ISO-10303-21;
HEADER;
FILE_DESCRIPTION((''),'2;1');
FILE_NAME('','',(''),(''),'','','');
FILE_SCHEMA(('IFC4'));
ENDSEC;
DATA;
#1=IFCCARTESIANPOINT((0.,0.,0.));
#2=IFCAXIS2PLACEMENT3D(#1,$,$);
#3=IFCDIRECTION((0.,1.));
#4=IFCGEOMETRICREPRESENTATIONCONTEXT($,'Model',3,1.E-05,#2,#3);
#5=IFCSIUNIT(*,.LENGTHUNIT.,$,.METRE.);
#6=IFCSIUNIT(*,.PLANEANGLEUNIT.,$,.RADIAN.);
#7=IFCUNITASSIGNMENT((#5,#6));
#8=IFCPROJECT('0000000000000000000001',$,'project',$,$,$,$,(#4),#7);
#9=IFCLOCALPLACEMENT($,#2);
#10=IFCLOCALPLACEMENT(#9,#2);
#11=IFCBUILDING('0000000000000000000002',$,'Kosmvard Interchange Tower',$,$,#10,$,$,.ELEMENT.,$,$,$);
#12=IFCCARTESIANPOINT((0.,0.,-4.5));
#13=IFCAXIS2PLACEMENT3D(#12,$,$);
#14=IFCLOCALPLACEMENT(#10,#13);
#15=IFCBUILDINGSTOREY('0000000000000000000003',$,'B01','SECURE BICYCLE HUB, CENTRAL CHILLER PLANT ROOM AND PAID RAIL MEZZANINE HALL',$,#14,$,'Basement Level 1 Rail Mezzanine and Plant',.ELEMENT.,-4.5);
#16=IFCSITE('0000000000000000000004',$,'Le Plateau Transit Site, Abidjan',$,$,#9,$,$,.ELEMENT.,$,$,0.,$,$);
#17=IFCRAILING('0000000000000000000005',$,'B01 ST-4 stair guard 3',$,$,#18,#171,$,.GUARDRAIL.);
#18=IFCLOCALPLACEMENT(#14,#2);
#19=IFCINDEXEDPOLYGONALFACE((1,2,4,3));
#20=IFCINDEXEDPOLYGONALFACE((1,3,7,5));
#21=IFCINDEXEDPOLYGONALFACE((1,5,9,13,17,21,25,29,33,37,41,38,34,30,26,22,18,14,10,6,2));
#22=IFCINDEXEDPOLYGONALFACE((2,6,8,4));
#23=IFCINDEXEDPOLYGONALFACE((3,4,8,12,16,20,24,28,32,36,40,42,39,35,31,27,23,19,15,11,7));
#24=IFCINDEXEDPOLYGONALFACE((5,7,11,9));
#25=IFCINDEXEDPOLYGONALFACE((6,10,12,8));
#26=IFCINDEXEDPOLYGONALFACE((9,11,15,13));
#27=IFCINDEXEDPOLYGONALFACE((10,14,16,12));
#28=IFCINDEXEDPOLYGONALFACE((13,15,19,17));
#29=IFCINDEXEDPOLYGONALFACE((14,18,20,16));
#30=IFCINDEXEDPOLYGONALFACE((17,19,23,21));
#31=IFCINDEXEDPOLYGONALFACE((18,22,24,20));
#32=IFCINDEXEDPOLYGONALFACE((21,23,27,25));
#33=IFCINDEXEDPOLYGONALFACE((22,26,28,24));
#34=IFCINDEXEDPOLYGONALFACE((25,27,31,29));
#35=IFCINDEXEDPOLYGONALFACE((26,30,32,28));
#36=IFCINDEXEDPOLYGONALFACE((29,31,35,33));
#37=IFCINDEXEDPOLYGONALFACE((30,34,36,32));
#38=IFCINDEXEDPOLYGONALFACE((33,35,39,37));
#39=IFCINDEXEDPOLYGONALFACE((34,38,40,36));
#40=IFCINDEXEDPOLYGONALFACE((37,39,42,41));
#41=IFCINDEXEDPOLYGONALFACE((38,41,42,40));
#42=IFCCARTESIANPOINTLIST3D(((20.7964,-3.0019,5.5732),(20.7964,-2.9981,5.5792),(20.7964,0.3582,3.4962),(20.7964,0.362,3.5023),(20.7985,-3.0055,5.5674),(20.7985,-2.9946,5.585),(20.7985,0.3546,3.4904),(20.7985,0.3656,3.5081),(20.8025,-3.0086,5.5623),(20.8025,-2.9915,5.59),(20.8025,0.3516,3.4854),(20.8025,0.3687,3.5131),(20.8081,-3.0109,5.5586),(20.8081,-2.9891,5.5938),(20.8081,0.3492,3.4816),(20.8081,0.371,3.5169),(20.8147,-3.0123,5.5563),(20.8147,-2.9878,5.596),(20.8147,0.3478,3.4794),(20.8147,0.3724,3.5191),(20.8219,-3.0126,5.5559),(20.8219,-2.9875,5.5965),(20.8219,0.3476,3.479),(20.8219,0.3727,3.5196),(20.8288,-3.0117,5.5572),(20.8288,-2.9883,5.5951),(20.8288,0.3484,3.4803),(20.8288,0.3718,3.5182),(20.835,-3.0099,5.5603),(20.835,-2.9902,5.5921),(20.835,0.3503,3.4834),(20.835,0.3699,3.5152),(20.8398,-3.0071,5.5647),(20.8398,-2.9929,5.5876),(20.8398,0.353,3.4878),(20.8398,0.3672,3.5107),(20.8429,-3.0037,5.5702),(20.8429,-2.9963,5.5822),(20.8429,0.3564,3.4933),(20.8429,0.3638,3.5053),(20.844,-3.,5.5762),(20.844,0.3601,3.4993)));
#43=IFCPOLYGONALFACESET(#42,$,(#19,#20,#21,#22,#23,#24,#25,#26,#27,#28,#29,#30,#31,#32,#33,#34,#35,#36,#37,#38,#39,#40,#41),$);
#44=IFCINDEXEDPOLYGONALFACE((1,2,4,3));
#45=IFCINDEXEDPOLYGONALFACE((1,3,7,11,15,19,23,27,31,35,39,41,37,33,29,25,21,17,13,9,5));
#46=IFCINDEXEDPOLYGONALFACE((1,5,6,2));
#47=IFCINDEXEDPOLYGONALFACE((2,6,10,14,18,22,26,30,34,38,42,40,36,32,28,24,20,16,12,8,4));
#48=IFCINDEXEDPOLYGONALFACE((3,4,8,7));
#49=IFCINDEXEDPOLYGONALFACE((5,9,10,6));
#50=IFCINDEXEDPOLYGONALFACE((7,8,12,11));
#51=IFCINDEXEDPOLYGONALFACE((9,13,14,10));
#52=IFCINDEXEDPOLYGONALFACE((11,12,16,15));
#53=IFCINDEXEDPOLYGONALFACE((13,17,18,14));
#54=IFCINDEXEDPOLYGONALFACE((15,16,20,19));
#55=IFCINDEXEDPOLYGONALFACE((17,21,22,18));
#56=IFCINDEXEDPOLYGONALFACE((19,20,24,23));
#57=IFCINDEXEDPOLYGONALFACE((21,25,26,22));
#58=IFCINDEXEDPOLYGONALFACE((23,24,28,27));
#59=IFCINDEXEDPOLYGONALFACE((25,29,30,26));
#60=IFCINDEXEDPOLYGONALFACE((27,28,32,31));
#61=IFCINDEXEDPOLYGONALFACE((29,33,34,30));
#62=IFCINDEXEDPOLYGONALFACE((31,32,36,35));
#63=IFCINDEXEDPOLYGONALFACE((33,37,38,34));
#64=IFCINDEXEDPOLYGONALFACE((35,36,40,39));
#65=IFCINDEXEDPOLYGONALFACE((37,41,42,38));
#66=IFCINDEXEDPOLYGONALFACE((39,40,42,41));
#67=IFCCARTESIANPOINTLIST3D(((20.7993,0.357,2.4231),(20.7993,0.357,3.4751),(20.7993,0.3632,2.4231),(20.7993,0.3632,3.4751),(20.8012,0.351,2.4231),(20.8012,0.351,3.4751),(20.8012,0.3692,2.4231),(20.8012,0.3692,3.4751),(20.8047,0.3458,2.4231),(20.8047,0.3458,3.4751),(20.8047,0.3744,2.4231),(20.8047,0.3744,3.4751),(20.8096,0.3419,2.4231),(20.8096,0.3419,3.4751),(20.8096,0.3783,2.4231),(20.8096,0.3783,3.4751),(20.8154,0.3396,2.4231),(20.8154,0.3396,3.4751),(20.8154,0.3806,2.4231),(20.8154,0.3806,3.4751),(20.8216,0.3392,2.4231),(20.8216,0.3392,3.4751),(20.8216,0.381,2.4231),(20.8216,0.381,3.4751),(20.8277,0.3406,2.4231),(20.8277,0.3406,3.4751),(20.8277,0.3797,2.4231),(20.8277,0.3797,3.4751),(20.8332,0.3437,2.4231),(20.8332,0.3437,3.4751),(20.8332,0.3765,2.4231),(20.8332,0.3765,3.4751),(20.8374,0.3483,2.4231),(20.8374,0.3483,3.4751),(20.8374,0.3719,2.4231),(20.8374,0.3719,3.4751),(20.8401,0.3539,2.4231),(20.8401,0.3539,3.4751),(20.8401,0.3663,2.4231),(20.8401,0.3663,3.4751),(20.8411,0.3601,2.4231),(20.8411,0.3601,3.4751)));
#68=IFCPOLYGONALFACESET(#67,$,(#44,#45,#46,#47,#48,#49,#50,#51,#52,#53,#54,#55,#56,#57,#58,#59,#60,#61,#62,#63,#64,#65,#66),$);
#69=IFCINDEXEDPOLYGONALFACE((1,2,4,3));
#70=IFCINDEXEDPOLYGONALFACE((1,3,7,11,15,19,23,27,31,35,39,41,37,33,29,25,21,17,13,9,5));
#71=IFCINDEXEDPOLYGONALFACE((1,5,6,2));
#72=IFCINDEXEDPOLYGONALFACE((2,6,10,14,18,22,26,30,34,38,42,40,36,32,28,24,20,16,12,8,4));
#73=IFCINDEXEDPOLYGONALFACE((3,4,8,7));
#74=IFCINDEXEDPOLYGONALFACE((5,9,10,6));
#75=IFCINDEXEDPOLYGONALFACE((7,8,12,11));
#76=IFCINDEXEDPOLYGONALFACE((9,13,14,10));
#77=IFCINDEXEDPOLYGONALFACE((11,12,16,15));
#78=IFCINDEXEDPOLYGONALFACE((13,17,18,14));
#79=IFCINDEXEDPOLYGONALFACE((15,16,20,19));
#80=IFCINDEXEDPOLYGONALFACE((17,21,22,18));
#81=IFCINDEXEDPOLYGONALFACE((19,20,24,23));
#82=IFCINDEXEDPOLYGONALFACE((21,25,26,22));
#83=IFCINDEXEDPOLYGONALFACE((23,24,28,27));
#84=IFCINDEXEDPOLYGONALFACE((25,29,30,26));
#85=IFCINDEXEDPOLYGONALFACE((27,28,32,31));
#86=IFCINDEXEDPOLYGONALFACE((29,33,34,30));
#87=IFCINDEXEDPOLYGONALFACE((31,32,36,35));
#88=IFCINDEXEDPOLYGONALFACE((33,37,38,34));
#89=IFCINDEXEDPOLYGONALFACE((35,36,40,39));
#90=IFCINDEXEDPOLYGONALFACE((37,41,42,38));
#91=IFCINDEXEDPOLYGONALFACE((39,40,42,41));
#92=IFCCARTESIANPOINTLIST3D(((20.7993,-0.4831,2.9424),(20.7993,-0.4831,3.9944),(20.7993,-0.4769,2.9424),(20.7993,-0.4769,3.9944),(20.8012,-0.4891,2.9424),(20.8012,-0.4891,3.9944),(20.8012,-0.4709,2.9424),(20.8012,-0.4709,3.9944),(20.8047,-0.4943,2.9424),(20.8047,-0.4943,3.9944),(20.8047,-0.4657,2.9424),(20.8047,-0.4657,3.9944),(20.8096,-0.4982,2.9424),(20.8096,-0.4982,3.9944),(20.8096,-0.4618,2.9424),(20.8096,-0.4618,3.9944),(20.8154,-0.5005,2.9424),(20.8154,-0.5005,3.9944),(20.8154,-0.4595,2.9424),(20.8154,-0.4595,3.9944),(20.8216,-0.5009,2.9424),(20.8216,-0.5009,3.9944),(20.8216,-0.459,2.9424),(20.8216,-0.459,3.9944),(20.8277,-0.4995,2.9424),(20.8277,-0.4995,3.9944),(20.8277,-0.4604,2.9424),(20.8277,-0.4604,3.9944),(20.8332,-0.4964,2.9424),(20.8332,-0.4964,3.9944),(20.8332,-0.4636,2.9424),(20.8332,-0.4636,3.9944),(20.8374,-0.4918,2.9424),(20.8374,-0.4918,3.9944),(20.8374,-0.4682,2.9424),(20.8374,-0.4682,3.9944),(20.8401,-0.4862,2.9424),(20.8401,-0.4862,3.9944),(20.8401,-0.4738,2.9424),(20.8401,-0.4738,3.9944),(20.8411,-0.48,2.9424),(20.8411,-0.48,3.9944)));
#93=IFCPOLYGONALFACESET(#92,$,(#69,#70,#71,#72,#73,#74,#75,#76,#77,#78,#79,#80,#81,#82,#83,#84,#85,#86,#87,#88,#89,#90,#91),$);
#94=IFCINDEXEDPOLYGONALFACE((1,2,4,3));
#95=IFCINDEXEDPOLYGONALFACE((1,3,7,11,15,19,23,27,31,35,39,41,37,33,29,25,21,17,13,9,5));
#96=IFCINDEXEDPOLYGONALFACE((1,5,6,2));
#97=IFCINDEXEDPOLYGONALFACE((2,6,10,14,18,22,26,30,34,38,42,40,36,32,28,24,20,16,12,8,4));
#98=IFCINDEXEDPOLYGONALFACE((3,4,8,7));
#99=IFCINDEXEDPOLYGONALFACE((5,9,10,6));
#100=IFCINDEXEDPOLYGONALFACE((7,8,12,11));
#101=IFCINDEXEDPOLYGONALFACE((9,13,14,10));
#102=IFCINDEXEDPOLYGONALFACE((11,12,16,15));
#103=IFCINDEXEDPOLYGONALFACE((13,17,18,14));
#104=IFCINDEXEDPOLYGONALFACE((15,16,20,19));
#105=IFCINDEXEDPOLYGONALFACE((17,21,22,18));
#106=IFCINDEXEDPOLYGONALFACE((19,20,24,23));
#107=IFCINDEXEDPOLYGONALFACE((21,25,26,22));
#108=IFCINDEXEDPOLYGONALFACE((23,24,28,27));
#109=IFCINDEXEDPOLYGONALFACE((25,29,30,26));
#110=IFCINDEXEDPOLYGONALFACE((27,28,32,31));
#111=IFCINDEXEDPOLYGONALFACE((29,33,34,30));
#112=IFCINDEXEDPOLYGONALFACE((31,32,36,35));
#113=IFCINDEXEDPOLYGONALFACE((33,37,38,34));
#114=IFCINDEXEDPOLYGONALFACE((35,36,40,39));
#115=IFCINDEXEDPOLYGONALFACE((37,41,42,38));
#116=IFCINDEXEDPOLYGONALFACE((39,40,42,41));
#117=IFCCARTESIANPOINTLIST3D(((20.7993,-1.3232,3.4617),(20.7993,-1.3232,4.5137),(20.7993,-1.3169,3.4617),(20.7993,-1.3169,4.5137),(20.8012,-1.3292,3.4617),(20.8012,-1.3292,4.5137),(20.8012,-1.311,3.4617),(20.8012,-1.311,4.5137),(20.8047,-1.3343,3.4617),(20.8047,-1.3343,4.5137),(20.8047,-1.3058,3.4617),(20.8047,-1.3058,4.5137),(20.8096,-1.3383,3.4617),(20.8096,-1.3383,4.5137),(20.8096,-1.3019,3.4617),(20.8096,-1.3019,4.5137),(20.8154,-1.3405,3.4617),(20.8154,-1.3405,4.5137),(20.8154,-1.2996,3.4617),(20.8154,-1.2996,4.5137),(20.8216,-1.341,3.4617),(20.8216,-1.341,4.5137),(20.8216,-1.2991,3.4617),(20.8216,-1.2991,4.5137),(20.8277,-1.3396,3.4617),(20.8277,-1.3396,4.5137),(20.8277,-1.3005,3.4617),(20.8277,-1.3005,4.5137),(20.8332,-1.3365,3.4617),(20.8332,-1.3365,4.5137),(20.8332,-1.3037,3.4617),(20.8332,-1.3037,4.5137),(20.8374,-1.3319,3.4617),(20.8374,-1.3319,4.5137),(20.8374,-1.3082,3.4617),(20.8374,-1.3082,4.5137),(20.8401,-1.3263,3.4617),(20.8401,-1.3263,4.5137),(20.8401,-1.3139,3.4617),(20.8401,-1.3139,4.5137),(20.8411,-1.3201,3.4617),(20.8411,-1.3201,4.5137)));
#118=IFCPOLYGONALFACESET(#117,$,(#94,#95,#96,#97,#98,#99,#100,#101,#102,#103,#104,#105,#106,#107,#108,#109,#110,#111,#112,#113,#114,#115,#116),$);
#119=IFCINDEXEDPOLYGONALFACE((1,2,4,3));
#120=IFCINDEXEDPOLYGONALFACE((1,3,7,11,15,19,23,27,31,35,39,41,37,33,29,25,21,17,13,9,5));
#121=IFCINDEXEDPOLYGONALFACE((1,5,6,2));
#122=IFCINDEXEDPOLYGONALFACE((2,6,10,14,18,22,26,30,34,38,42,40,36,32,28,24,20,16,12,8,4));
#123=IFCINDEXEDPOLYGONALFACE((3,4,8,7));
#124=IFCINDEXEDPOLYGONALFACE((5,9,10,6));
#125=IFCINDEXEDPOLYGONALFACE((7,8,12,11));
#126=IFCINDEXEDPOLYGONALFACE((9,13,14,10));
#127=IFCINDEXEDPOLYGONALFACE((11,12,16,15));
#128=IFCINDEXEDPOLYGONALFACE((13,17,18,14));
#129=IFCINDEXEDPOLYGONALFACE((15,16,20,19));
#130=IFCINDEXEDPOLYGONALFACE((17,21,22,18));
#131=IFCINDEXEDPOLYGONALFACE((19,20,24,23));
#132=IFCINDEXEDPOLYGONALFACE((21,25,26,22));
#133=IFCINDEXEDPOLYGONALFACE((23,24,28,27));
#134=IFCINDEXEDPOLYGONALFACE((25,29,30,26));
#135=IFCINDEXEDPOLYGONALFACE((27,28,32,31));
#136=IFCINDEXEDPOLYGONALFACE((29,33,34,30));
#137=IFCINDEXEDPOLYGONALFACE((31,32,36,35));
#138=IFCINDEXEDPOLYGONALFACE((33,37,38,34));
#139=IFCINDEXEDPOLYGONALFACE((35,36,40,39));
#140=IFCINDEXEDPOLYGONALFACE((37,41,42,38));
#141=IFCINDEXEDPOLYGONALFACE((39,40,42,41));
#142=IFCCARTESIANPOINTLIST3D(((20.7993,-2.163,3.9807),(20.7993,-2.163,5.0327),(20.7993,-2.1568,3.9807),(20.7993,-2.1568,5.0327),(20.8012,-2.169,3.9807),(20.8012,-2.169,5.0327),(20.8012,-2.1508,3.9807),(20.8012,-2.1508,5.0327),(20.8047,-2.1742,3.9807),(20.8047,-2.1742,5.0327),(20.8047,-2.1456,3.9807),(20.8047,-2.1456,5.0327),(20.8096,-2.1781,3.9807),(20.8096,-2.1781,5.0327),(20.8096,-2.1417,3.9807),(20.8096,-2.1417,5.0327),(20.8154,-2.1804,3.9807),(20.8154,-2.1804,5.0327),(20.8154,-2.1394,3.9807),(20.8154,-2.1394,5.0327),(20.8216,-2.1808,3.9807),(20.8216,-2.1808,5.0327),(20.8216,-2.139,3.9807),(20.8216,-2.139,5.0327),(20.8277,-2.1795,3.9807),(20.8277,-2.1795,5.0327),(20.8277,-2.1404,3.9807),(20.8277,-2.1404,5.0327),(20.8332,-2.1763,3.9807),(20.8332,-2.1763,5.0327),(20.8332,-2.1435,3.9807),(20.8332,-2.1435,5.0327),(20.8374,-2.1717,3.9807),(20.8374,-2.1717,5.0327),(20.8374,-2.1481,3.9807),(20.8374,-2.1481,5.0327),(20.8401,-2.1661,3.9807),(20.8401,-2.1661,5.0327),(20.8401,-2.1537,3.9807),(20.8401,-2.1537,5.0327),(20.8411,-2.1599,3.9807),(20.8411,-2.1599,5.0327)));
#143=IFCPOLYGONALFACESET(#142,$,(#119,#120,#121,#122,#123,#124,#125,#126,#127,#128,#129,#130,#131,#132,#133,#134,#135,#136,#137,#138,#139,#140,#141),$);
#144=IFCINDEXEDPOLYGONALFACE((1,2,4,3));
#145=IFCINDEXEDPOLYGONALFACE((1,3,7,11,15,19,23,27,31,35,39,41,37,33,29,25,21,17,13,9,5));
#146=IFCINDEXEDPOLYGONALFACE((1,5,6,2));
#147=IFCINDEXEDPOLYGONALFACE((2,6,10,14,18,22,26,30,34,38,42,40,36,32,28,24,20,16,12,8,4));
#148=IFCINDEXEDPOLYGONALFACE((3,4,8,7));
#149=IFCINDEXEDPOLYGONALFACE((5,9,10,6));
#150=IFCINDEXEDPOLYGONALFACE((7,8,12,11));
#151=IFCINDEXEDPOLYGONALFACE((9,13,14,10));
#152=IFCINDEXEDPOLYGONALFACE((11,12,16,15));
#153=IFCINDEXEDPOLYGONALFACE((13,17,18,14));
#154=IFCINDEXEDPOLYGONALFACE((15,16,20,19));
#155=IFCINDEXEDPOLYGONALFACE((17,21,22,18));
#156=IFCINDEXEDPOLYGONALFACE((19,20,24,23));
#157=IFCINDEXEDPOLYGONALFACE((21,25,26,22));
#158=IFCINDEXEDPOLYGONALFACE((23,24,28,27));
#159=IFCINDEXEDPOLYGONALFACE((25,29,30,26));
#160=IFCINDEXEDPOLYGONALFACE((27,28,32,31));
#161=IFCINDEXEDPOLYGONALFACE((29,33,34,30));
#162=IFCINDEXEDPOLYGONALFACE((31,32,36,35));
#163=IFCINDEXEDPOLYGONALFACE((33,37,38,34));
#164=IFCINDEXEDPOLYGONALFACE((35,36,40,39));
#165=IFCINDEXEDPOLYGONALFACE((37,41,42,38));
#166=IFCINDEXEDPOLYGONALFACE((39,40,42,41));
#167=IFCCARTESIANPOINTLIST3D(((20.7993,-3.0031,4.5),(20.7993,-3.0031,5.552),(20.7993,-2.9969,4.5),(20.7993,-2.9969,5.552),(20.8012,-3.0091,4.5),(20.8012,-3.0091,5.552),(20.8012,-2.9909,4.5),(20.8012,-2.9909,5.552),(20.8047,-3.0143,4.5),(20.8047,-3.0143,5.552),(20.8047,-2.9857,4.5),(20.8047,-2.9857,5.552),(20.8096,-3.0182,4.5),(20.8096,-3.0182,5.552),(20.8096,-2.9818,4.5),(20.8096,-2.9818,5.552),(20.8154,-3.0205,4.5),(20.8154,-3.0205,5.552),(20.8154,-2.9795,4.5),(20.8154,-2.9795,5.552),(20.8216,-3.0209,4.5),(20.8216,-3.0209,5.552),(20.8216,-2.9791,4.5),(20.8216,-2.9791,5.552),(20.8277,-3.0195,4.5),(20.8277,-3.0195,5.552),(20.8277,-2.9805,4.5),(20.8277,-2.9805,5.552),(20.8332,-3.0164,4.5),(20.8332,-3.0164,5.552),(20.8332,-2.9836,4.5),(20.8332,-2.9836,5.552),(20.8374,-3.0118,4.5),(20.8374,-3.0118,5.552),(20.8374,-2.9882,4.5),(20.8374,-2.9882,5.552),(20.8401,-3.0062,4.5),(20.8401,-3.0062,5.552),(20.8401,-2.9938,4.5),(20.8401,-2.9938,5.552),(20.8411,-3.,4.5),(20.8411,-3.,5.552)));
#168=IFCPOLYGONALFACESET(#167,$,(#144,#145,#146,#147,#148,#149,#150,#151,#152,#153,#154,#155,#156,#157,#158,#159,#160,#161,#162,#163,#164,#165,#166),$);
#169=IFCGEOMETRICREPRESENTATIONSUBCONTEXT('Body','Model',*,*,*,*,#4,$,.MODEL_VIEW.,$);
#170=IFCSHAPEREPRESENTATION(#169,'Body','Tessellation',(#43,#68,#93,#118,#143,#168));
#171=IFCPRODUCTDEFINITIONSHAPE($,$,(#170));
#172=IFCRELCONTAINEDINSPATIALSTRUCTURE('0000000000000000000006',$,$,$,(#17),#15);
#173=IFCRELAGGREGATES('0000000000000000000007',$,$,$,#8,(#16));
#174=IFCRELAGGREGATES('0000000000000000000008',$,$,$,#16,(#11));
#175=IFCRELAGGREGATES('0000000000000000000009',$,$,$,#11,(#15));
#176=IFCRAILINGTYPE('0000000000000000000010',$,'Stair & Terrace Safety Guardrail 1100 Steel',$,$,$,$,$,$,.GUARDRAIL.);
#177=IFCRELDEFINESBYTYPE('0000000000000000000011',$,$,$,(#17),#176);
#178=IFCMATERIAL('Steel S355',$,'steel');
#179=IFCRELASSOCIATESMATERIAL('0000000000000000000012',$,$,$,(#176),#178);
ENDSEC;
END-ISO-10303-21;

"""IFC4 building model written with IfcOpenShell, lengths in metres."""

from ifc_helpers import new_model, si_unit, direction, frame, origin, origin_2d, place, context, subcontext, project, spatial, circle, extrude, source, transform, mapped, material, type_object, element, save


model = new_model("IFC4")

# Units and contexts
model_context = context("Model", 3, precision=1e-05, world=origin(), true_north=direction((0.0, 1.0)))
body_context = subcontext(model_context, "Body", "Model", "MODEL_VIEW")
ifc_project = project(units=[si_unit("LENGTHUNIT", "METRE"), si_unit("PLANEANGLEUNIT", "RADIAN")], contexts=[model_context])

# Site, building, storey
site_placement = place(None, origin())
site = spatial("IfcSite", under=ifc_project, at=site_placement, Name="Le Plateau Transit Site, Abidjan", CompositionType="ELEMENT", RefElevation=0.0)
building_placement = place(site_placement, origin())
building = spatial("IfcBuilding", under=site, at=building_placement, Name="Kosmvard Interchange Tower", CompositionType="ELEMENT")
storey_placement = place(building_placement, frame((0.0, 0.0, -4.5)))
storey = spatial("IfcBuildingStorey", under=building, at=storey_placement, Name="B01", Description="SECURE BICYCLE HUB, CENTRAL CHILLER PLANT ROOM AND PAID RAIL MEZZANINE HALL", LongName="Basement Level 1 Rail Mezzanine and Plant", CompositionType="ELEMENT", Elevation=-4.5)

# Shared definitions
ifc_material_1 = material(Name="Steel S355", Category="steel")

# Railing
railing_type_1 = type_object("IfcRailingType", Name="Stair & Terrace Safety Guardrail 1100 Steel", PredefinedType="GUARDRAIL", material=ifc_material_1)
shared_shape_1 = source(origin(), body_context, "Body", "SweptSolid", [
    extrude(circle(Radius=0.0239, at=origin_2d()), frame((0.0, 0.0, 1.0762), z_axis=(0.0, -0.850623, 0.525776), x_axis=(1.0, 0.0, 0.0)), (0.0, 0.0, 1.0), 3.9502),
    extrude(circle(Radius=0.021, at=origin_2d()), origin(), (0.0, 0.0, 1.0), 1.052),
    extrude(circle(Radius=0.021, at=origin_2d()), frame((0.0, -0.8401, 0.5193)), (0.0, 0.0, 1.0), 1.052),
    extrude(circle(Radius=0.021, at=origin_2d()), frame((0.0, -1.6802, 1.0386)), (0.0, 0.0, 1.0), 1.052),
    extrude(circle(Radius=0.021, at=origin_2d()), frame((0.0, -2.52, 1.5576)), (0.0, 0.0, 1.0), 1.052),
    extrude(circle(Radius=0.021, at=origin_2d()), frame((0.0, -3.3601, 2.0769)), (0.0, 0.0, 1.0), 1.052),
])
railing_1_placement = place(storey_placement, frame((20.8201, 0.3601, 2.4231)))
element("IfcRailing", 1, at=railing_1_placement, inside=storey, type_object=railing_type_1, Name="B01 ST-4 stair guard 3", PredefinedType="GUARDRAIL", context=body_context, shape_type="MappedRepresentation", body=[
    mapped(shared_shape_1, transform((0.0, 0.0, 0.0), scale=1.0)),
])

save(model, "model.ifc")
